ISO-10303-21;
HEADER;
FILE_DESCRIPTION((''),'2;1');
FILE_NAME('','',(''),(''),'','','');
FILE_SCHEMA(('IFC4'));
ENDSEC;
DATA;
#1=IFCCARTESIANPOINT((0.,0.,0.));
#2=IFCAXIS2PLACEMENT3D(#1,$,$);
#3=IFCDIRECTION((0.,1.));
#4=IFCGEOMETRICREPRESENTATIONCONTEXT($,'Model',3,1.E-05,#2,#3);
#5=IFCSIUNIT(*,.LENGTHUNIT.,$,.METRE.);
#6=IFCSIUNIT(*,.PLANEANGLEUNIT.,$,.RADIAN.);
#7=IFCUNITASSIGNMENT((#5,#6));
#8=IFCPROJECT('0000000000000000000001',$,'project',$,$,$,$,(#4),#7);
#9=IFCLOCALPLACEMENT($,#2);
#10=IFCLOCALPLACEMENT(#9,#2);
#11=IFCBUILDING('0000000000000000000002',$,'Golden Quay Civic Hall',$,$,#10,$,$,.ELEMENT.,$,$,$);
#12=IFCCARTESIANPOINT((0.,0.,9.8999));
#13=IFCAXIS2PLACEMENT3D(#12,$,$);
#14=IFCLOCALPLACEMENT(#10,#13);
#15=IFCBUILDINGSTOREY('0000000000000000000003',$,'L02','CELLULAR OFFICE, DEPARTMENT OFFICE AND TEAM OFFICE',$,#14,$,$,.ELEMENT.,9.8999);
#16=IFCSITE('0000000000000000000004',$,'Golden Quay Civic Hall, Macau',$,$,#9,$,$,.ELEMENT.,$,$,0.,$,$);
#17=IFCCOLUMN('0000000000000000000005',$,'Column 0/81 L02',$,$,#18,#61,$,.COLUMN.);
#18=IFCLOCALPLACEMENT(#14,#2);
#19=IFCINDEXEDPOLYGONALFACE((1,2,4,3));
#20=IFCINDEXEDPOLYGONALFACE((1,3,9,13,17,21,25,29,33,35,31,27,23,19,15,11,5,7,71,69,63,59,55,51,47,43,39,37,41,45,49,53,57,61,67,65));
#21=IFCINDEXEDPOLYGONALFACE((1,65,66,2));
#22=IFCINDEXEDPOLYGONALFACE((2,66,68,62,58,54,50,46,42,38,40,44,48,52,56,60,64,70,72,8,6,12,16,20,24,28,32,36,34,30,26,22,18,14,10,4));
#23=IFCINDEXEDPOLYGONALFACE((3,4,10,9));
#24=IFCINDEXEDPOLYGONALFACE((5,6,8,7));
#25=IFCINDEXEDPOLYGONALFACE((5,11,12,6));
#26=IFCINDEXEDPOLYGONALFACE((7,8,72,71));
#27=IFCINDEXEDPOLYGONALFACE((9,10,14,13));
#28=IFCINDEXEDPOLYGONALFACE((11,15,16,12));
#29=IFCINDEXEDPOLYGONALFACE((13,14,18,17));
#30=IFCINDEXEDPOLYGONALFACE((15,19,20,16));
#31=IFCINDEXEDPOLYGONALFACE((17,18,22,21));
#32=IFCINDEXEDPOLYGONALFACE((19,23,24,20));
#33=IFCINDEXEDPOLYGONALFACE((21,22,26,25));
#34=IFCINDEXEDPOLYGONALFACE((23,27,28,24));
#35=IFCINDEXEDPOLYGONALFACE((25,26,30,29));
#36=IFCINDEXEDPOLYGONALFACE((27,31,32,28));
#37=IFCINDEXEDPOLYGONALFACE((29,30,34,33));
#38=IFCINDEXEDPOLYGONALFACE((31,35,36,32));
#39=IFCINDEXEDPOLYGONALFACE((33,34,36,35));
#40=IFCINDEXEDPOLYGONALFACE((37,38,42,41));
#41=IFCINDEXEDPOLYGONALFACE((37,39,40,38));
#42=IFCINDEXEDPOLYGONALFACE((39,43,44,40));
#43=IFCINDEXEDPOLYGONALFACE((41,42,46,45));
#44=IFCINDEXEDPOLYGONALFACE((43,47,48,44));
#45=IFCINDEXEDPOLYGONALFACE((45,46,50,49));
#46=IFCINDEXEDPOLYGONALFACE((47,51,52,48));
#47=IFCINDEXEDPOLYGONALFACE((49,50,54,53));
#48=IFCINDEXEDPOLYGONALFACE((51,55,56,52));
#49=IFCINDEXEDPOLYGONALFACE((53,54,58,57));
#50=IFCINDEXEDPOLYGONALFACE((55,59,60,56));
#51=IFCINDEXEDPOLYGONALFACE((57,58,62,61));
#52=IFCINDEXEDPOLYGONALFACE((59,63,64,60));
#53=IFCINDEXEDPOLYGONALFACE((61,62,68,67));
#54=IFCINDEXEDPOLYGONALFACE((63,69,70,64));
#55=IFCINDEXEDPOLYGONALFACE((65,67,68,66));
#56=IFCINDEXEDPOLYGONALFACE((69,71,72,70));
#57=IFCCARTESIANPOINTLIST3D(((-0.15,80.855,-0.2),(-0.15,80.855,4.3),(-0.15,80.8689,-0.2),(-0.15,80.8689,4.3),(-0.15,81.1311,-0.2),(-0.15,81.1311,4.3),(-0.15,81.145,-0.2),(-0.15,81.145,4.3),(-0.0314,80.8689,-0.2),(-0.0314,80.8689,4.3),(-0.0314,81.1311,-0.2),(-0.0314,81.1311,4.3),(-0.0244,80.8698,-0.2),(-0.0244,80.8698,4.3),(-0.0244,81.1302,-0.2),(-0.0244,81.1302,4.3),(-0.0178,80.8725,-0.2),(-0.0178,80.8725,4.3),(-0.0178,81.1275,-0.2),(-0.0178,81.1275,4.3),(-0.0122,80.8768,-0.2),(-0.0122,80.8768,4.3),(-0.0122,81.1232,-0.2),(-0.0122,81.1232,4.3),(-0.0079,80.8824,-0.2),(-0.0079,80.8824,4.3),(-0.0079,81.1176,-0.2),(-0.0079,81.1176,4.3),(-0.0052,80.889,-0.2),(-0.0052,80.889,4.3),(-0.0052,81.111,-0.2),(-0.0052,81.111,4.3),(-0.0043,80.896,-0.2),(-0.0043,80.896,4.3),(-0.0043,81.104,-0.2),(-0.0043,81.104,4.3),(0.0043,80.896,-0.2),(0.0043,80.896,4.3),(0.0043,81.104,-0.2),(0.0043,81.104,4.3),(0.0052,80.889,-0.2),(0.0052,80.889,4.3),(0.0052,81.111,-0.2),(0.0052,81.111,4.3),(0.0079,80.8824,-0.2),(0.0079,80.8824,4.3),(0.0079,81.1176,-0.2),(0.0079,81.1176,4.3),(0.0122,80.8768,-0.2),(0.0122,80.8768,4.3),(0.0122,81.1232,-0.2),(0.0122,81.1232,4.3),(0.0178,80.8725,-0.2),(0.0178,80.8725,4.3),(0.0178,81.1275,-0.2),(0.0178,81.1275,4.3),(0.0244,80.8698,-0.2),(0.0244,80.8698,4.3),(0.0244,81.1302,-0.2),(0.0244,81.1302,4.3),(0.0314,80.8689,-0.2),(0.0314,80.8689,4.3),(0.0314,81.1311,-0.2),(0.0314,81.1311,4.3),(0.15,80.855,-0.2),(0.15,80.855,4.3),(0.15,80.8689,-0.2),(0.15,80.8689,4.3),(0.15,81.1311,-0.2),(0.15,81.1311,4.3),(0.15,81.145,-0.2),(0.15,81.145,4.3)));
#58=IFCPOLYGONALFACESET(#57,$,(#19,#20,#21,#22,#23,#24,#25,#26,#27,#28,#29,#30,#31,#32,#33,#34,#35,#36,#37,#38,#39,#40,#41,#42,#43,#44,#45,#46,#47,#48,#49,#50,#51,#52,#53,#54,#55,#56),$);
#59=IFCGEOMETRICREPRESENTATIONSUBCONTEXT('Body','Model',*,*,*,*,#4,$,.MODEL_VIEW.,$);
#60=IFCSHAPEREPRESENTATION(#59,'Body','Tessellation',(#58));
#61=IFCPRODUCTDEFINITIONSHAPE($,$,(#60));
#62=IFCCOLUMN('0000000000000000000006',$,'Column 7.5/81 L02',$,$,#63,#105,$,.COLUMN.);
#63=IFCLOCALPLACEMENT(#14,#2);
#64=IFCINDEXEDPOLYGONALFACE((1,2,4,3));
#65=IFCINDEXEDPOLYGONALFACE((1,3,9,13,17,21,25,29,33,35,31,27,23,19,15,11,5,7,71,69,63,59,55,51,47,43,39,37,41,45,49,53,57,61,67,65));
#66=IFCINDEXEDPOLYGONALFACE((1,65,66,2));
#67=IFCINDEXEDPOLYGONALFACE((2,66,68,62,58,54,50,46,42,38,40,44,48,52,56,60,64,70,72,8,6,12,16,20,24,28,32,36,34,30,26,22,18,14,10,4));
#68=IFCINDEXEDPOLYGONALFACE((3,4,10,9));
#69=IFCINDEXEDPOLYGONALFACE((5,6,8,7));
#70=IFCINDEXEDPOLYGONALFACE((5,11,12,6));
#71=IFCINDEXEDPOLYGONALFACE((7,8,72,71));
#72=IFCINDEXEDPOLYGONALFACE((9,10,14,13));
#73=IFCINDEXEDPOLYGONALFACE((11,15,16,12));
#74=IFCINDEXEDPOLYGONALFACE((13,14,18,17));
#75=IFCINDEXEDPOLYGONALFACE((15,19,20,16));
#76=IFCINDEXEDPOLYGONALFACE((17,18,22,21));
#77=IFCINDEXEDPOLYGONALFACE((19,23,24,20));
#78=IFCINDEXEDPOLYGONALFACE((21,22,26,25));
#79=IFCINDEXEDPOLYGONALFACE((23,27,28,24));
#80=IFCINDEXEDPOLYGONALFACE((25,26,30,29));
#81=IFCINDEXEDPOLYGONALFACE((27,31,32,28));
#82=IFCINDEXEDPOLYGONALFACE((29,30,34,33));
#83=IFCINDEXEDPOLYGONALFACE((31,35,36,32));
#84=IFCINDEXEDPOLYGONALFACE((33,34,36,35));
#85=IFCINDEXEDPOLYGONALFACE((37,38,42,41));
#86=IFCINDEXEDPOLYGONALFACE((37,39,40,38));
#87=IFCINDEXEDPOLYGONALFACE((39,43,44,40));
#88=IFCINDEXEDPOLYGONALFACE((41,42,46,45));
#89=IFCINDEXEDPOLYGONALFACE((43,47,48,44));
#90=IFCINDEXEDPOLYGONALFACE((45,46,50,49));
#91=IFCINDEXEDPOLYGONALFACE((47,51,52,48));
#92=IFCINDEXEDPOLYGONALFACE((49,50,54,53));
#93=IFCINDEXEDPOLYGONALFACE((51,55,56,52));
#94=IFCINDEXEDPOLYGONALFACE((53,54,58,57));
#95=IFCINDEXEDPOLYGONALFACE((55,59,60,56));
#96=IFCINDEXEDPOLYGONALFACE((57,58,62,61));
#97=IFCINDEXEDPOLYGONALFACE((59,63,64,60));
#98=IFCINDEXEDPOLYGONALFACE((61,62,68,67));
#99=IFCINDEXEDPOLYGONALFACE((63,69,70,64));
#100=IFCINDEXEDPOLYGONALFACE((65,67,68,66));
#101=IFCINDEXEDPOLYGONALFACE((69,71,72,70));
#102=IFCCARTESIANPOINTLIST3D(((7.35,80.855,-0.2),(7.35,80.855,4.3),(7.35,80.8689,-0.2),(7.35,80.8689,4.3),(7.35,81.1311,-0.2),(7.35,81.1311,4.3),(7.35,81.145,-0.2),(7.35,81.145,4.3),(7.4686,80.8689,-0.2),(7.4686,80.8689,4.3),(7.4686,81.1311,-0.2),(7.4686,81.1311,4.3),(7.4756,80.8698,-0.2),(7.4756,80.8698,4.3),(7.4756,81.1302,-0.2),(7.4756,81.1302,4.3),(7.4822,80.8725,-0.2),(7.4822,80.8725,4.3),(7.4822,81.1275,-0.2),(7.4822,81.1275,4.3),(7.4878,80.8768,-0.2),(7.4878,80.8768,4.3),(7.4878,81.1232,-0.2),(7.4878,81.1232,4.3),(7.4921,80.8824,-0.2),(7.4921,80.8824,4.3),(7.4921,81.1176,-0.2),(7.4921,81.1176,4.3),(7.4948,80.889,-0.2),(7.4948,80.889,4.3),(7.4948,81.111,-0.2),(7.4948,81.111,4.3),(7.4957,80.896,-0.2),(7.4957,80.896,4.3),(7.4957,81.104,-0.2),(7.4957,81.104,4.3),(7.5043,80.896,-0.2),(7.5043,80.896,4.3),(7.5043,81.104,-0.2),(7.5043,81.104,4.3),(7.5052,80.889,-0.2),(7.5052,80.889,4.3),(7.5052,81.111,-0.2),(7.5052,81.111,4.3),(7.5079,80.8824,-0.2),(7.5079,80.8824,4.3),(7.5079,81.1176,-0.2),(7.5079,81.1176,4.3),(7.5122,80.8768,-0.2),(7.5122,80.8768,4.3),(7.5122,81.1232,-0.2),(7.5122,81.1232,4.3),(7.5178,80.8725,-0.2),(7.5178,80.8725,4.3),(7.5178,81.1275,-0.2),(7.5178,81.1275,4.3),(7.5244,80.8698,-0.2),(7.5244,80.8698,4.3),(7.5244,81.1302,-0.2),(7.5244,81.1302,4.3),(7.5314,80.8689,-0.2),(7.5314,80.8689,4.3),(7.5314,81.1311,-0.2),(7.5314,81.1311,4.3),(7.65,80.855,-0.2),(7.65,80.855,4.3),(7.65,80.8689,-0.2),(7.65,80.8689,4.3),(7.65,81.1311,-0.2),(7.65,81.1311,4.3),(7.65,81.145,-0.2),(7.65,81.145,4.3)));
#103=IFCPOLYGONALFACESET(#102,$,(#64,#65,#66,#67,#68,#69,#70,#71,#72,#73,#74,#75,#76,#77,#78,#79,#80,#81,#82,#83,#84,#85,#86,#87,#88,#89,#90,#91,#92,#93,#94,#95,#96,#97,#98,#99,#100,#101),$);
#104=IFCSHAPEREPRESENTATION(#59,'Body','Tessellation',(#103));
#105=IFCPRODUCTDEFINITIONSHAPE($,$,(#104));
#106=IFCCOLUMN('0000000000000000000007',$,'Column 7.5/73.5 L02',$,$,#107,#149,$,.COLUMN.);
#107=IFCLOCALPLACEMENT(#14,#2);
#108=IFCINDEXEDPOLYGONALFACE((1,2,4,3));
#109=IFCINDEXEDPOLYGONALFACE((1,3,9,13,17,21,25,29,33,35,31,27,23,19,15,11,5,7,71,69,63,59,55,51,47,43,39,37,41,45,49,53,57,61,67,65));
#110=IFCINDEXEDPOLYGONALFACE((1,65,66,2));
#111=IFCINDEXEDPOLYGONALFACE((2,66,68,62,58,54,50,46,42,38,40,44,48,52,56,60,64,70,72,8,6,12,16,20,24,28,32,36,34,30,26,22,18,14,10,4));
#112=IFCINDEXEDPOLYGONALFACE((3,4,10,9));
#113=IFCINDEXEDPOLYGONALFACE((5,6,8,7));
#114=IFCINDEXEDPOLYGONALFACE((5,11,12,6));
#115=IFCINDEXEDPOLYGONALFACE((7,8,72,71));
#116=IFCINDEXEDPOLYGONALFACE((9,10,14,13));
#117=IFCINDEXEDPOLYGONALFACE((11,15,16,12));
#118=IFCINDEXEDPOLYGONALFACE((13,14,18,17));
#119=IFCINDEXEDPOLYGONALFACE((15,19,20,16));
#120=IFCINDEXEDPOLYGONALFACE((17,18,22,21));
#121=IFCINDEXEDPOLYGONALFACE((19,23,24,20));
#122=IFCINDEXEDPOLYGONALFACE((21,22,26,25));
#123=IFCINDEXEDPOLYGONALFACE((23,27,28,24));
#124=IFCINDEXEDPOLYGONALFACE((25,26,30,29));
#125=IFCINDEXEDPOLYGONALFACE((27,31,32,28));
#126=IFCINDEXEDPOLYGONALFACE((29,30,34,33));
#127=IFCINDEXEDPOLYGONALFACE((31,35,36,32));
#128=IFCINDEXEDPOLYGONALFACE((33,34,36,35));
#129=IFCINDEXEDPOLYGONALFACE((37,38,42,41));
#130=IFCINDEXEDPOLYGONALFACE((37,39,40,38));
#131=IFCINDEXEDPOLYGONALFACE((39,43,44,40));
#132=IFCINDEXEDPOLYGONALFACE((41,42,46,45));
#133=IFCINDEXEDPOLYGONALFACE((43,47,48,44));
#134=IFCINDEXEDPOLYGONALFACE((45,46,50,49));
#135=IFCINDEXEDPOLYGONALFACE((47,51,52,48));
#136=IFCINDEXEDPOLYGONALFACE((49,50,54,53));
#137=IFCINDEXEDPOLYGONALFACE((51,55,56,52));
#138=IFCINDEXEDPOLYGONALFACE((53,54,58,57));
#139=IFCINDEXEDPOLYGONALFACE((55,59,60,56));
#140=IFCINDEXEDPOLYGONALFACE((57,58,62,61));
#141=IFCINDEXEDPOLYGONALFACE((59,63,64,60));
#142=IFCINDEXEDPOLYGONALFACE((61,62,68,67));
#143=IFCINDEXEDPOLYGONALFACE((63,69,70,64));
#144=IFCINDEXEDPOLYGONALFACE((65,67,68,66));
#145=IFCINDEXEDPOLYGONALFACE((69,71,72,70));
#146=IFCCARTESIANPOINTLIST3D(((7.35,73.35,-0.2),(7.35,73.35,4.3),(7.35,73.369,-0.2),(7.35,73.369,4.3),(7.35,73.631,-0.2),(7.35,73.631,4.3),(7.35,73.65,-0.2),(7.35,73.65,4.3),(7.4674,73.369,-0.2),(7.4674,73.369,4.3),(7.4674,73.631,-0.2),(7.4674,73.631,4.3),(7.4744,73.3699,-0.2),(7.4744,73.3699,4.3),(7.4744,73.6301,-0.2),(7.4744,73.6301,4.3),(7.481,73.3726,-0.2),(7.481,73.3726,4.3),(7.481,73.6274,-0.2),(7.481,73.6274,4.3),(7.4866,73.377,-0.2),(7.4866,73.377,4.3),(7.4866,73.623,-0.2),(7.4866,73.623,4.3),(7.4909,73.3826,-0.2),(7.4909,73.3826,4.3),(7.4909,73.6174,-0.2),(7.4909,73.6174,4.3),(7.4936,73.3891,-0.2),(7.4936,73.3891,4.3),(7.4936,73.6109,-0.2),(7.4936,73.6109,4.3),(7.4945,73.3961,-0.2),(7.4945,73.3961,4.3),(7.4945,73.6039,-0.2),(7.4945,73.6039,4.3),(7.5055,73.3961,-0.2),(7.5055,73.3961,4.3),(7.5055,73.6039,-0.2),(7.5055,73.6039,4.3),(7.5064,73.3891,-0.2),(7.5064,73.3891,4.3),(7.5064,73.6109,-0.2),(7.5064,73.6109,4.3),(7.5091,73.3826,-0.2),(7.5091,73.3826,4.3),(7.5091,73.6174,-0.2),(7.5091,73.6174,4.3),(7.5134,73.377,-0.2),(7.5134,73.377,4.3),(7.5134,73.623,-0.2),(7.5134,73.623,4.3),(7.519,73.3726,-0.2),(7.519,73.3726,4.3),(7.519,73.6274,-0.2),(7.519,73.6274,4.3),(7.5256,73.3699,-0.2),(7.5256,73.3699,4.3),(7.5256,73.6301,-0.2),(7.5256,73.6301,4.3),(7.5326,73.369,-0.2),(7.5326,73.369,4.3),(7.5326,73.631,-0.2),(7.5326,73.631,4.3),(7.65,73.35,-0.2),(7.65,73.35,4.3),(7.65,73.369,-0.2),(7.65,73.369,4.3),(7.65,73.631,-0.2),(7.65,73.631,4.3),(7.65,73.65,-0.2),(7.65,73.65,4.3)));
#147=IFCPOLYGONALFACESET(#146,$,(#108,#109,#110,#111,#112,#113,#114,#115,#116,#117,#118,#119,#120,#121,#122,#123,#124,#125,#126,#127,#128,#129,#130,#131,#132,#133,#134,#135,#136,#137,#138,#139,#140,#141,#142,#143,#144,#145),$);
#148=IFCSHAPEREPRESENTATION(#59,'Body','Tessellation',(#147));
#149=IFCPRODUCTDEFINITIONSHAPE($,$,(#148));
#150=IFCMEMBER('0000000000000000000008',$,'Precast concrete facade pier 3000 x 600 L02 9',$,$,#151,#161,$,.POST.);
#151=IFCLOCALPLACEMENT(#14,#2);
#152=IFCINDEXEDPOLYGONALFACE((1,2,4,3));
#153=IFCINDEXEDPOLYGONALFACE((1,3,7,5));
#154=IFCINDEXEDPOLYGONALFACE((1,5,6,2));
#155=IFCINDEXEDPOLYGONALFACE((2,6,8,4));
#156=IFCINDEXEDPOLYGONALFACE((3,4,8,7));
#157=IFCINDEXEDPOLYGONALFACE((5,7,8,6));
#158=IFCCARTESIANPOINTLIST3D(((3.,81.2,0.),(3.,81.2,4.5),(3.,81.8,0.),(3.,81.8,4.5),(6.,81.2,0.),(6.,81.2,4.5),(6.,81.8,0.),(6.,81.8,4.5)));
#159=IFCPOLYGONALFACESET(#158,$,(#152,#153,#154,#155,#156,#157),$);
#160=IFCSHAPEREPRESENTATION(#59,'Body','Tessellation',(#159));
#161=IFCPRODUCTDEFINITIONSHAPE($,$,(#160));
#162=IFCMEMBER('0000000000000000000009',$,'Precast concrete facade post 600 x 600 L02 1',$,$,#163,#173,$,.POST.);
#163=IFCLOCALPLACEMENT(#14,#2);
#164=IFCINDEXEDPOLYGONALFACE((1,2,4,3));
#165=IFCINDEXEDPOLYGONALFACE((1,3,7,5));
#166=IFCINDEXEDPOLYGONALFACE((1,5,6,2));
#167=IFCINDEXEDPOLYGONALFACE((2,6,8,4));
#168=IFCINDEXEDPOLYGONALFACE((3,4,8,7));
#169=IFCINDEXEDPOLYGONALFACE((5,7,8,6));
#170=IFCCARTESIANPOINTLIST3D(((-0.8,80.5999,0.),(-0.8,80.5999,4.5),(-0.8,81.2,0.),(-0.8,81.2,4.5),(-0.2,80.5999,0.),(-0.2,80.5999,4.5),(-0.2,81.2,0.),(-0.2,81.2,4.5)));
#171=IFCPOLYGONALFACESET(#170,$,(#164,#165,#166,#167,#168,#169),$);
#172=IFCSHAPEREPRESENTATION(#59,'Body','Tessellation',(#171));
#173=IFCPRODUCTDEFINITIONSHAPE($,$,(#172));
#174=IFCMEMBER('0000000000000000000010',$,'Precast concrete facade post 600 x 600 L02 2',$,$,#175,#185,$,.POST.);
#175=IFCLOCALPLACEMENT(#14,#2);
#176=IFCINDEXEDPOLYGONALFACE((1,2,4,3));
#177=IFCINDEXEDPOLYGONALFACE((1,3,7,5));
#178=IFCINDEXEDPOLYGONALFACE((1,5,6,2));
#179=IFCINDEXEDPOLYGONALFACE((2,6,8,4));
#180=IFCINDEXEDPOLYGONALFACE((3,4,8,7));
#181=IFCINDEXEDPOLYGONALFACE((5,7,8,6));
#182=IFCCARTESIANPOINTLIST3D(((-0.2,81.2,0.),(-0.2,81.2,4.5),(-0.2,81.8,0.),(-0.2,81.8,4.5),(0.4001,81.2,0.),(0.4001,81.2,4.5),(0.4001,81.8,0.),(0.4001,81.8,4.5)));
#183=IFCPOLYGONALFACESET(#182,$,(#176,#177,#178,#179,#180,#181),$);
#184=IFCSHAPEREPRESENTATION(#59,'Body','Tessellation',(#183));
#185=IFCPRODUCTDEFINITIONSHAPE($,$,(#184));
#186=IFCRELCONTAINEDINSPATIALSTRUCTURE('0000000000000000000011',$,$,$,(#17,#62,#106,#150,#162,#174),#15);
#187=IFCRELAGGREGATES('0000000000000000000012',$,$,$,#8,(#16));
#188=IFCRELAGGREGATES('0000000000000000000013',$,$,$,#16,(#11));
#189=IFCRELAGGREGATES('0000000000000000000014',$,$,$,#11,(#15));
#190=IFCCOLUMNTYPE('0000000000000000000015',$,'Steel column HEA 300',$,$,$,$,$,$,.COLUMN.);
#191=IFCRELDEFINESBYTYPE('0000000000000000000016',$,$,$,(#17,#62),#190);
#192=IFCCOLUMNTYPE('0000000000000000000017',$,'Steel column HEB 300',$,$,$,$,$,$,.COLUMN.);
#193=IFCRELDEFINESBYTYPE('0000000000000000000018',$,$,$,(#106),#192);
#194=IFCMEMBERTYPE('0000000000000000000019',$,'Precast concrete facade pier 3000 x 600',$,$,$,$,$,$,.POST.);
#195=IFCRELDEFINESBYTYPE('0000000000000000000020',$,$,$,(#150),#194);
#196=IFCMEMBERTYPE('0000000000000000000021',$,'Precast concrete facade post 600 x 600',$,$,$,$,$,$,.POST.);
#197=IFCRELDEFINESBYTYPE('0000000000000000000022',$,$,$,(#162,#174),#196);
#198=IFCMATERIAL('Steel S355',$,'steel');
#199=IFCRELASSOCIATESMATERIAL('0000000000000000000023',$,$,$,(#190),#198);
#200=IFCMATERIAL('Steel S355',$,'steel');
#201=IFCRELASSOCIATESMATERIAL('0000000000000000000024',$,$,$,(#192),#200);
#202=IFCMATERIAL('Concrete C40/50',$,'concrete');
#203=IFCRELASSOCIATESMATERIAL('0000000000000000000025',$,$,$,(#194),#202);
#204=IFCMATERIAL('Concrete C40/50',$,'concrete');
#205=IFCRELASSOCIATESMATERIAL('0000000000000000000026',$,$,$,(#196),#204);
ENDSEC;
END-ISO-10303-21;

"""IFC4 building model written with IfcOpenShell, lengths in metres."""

from ifc_helpers import new_model, si_unit, direction, frame, origin, origin_2d, place, context, subcontext, project, spatial, rectangle, i_section, extrude, material, material_profile, profile_set, type_object, element, save


model = new_model("IFC4")

# Units and contexts
model_context = context("Model", 3, precision=1e-05, world=origin(), true_north=direction((0.0, 1.0)))
body_context = subcontext(model_context, "Body", "Model", "MODEL_VIEW")
ifc_project = project(units=[si_unit("LENGTHUNIT", "METRE"), si_unit("PLANEANGLEUNIT", "RADIAN")], contexts=[model_context])

# Site, building, storey
site_placement = place(None, origin())
site = spatial("IfcSite", under=ifc_project, at=site_placement, Name="Golden Quay Civic Hall, Macau", CompositionType="ELEMENT", RefElevation=0.0)
building_placement = place(site_placement, origin())
building = spatial("IfcBuilding", under=site, at=building_placement, Name="Golden Quay Civic Hall", CompositionType="ELEMENT")
storey_placement = place(building_placement, frame((0.0, 0.0, 9.8999)))
storey = spatial("IfcBuildingStorey", under=building, at=storey_placement, Name="L02", Description="CELLULAR OFFICE, DEPARTMENT OFFICE AND TEAM OFFICE", CompositionType="ELEMENT", Elevation=9.8999)

# Columns
ifc_material_1 = material(Name="Steel S355", Category="steel")
ifc_material_profile_1 = material_profile(ifc_material_1, i_section(OverallWidth=0.3, OverallDepth=0.29, WebThickness=0.0085, FlangeThickness=0.0139, FilletRadius=0.0271, at=origin_2d()), Name="HEA 300")
ifc_profile_set_1 = profile_set([ifc_material_profile_1], Name="Steel S355")
column_type_1 = type_object("IfcColumnType", Name="Steel column HEA 300", PredefinedType="COLUMN", material=ifc_profile_set_1)
for number, where, z_axis, x_axis, name in (
    (1, (0.0, 81.0, -0.2), (0.0, 0.0, 1.0), (1.0, 0.0, 0.0), "Column 0/81 L02"),
    (2, (7.5, 81.0, -0.2), (0.0, 0.0, 1.0), (1.0, 0.0, 0.0), "Column 7.5/81 L02"),
):
    element("IfcColumn", number, at=place(storey_placement, frame(where, z_axis=z_axis, x_axis=x_axis)), inside=storey, type_object=column_type_1, Name=name, PredefinedType="COLUMN", context=body_context, shape_type="SweptSolid", body=[
        extrude(i_section(OverallWidth=0.3, OverallDepth=0.29, WebThickness=0.0085, FlangeThickness=0.0139, FilletRadius=0.0271, at=origin_2d()), origin(), (0.0, 0.0, 1.0), 4.5),
    ])
ifc_material_2 = material(Name="Steel S355", Category="steel")
ifc_material_profile_2 = material_profile(ifc_material_2, i_section(OverallWidth=0.3, OverallDepth=0.3, WebThickness=0.011, FlangeThickness=0.019, FilletRadius=0.0271, at=origin_2d()), Name="HEB 300")
ifc_profile_set_2 = profile_set([ifc_material_profile_2], Name="Steel S355")
column_type_2 = type_object("IfcColumnType", Name="Steel column HEB 300", PredefinedType="COLUMN", material=ifc_profile_set_2)
column_placement = place(storey_placement, frame((7.5, 73.5, -0.2), z_axis=(0.0, 0.0, 1.0), x_axis=(1.0, 0.0, 0.0)))
element("IfcColumn", 3, at=column_placement, inside=storey, type_object=column_type_2, Name="Column 7.5/73.5 L02", PredefinedType="COLUMN", context=body_context, shape_type="SweptSolid", body=[
    extrude(i_section(OverallWidth=0.3, OverallDepth=0.3, WebThickness=0.011, FlangeThickness=0.019, FilletRadius=0.0271, at=origin_2d()), origin(), (0.0, 0.0, 1.0), 4.5),
])

# Members
ifc_material_3 = material(Name="Concrete C40/50", Category="concrete")
ifc_material_profile_3 = material_profile(ifc_material_3, rectangle(XDim=3.0, YDim=0.6001, at=origin_2d()), Name="RC 3000x600")
ifc_profile_set_3 = profile_set([ifc_material_profile_3], Name="Concrete C40/50")
member_type_1 = type_object("IfcMemberType", Name="Precast concrete facade pier 3000 x 600", PredefinedType="POST", material=ifc_profile_set_3)
member_placement = place(storey_placement, frame((4.5, 81.5, 0.0), z_axis=(0.0, 0.0, 1.0), x_axis=(1.0, 0.0, 0.0)))
element("IfcMember", 4, at=member_placement, inside=storey, type_object=member_type_1, Name="Precast concrete facade pier 3000 x 600 L02 9", PredefinedType="POST", context=body_context, shape_type="SweptSolid", body=[
    extrude(rectangle(XDim=3.0, YDim=0.6001, at=origin_2d()), origin(), (0.0, 0.0, 1.0), 4.5),
])
ifc_material_4 = material(Name="Concrete C40/50", Category="concrete")
ifc_material_profile_4 = material_profile(ifc_material_4, rectangle(XDim=0.6001, YDim=0.6001, at=origin_2d()), Name="RC 600x600")
ifc_profile_set_4 = profile_set([ifc_material_profile_4], Name="Concrete C40/50")
member_type_2 = type_object("IfcMemberType", Name="Precast concrete facade post 600 x 600", PredefinedType="POST", material=ifc_profile_set_4)
for number, where, z_axis, x_axis, name in (
    (5, (-0.5, 80.8999, 0.0), (0.0, 0.0, 1.0), (1.0, 0.0, 0.0), "Precast concrete facade post 600 x 600 L02 1"),
    (6, (0.1001, 81.5, 0.0), (0.0, 0.0, 1.0), (1.0, 0.0, 0.0), "Precast concrete facade post 600 x 600 L02 2"),
):
    element("IfcMember", number, at=place(storey_placement, frame(where, z_axis=z_axis, x_axis=x_axis)), inside=storey, type_object=member_type_2, Name=name, PredefinedType="POST", context=body_context, shape_type="SweptSolid", body=[
        extrude(rectangle(XDim=0.6001, YDim=0.6001, at=origin_2d()), origin(), (0.0, 0.0, 1.0), 4.5),
    ])

save(model, "model.ifc")
